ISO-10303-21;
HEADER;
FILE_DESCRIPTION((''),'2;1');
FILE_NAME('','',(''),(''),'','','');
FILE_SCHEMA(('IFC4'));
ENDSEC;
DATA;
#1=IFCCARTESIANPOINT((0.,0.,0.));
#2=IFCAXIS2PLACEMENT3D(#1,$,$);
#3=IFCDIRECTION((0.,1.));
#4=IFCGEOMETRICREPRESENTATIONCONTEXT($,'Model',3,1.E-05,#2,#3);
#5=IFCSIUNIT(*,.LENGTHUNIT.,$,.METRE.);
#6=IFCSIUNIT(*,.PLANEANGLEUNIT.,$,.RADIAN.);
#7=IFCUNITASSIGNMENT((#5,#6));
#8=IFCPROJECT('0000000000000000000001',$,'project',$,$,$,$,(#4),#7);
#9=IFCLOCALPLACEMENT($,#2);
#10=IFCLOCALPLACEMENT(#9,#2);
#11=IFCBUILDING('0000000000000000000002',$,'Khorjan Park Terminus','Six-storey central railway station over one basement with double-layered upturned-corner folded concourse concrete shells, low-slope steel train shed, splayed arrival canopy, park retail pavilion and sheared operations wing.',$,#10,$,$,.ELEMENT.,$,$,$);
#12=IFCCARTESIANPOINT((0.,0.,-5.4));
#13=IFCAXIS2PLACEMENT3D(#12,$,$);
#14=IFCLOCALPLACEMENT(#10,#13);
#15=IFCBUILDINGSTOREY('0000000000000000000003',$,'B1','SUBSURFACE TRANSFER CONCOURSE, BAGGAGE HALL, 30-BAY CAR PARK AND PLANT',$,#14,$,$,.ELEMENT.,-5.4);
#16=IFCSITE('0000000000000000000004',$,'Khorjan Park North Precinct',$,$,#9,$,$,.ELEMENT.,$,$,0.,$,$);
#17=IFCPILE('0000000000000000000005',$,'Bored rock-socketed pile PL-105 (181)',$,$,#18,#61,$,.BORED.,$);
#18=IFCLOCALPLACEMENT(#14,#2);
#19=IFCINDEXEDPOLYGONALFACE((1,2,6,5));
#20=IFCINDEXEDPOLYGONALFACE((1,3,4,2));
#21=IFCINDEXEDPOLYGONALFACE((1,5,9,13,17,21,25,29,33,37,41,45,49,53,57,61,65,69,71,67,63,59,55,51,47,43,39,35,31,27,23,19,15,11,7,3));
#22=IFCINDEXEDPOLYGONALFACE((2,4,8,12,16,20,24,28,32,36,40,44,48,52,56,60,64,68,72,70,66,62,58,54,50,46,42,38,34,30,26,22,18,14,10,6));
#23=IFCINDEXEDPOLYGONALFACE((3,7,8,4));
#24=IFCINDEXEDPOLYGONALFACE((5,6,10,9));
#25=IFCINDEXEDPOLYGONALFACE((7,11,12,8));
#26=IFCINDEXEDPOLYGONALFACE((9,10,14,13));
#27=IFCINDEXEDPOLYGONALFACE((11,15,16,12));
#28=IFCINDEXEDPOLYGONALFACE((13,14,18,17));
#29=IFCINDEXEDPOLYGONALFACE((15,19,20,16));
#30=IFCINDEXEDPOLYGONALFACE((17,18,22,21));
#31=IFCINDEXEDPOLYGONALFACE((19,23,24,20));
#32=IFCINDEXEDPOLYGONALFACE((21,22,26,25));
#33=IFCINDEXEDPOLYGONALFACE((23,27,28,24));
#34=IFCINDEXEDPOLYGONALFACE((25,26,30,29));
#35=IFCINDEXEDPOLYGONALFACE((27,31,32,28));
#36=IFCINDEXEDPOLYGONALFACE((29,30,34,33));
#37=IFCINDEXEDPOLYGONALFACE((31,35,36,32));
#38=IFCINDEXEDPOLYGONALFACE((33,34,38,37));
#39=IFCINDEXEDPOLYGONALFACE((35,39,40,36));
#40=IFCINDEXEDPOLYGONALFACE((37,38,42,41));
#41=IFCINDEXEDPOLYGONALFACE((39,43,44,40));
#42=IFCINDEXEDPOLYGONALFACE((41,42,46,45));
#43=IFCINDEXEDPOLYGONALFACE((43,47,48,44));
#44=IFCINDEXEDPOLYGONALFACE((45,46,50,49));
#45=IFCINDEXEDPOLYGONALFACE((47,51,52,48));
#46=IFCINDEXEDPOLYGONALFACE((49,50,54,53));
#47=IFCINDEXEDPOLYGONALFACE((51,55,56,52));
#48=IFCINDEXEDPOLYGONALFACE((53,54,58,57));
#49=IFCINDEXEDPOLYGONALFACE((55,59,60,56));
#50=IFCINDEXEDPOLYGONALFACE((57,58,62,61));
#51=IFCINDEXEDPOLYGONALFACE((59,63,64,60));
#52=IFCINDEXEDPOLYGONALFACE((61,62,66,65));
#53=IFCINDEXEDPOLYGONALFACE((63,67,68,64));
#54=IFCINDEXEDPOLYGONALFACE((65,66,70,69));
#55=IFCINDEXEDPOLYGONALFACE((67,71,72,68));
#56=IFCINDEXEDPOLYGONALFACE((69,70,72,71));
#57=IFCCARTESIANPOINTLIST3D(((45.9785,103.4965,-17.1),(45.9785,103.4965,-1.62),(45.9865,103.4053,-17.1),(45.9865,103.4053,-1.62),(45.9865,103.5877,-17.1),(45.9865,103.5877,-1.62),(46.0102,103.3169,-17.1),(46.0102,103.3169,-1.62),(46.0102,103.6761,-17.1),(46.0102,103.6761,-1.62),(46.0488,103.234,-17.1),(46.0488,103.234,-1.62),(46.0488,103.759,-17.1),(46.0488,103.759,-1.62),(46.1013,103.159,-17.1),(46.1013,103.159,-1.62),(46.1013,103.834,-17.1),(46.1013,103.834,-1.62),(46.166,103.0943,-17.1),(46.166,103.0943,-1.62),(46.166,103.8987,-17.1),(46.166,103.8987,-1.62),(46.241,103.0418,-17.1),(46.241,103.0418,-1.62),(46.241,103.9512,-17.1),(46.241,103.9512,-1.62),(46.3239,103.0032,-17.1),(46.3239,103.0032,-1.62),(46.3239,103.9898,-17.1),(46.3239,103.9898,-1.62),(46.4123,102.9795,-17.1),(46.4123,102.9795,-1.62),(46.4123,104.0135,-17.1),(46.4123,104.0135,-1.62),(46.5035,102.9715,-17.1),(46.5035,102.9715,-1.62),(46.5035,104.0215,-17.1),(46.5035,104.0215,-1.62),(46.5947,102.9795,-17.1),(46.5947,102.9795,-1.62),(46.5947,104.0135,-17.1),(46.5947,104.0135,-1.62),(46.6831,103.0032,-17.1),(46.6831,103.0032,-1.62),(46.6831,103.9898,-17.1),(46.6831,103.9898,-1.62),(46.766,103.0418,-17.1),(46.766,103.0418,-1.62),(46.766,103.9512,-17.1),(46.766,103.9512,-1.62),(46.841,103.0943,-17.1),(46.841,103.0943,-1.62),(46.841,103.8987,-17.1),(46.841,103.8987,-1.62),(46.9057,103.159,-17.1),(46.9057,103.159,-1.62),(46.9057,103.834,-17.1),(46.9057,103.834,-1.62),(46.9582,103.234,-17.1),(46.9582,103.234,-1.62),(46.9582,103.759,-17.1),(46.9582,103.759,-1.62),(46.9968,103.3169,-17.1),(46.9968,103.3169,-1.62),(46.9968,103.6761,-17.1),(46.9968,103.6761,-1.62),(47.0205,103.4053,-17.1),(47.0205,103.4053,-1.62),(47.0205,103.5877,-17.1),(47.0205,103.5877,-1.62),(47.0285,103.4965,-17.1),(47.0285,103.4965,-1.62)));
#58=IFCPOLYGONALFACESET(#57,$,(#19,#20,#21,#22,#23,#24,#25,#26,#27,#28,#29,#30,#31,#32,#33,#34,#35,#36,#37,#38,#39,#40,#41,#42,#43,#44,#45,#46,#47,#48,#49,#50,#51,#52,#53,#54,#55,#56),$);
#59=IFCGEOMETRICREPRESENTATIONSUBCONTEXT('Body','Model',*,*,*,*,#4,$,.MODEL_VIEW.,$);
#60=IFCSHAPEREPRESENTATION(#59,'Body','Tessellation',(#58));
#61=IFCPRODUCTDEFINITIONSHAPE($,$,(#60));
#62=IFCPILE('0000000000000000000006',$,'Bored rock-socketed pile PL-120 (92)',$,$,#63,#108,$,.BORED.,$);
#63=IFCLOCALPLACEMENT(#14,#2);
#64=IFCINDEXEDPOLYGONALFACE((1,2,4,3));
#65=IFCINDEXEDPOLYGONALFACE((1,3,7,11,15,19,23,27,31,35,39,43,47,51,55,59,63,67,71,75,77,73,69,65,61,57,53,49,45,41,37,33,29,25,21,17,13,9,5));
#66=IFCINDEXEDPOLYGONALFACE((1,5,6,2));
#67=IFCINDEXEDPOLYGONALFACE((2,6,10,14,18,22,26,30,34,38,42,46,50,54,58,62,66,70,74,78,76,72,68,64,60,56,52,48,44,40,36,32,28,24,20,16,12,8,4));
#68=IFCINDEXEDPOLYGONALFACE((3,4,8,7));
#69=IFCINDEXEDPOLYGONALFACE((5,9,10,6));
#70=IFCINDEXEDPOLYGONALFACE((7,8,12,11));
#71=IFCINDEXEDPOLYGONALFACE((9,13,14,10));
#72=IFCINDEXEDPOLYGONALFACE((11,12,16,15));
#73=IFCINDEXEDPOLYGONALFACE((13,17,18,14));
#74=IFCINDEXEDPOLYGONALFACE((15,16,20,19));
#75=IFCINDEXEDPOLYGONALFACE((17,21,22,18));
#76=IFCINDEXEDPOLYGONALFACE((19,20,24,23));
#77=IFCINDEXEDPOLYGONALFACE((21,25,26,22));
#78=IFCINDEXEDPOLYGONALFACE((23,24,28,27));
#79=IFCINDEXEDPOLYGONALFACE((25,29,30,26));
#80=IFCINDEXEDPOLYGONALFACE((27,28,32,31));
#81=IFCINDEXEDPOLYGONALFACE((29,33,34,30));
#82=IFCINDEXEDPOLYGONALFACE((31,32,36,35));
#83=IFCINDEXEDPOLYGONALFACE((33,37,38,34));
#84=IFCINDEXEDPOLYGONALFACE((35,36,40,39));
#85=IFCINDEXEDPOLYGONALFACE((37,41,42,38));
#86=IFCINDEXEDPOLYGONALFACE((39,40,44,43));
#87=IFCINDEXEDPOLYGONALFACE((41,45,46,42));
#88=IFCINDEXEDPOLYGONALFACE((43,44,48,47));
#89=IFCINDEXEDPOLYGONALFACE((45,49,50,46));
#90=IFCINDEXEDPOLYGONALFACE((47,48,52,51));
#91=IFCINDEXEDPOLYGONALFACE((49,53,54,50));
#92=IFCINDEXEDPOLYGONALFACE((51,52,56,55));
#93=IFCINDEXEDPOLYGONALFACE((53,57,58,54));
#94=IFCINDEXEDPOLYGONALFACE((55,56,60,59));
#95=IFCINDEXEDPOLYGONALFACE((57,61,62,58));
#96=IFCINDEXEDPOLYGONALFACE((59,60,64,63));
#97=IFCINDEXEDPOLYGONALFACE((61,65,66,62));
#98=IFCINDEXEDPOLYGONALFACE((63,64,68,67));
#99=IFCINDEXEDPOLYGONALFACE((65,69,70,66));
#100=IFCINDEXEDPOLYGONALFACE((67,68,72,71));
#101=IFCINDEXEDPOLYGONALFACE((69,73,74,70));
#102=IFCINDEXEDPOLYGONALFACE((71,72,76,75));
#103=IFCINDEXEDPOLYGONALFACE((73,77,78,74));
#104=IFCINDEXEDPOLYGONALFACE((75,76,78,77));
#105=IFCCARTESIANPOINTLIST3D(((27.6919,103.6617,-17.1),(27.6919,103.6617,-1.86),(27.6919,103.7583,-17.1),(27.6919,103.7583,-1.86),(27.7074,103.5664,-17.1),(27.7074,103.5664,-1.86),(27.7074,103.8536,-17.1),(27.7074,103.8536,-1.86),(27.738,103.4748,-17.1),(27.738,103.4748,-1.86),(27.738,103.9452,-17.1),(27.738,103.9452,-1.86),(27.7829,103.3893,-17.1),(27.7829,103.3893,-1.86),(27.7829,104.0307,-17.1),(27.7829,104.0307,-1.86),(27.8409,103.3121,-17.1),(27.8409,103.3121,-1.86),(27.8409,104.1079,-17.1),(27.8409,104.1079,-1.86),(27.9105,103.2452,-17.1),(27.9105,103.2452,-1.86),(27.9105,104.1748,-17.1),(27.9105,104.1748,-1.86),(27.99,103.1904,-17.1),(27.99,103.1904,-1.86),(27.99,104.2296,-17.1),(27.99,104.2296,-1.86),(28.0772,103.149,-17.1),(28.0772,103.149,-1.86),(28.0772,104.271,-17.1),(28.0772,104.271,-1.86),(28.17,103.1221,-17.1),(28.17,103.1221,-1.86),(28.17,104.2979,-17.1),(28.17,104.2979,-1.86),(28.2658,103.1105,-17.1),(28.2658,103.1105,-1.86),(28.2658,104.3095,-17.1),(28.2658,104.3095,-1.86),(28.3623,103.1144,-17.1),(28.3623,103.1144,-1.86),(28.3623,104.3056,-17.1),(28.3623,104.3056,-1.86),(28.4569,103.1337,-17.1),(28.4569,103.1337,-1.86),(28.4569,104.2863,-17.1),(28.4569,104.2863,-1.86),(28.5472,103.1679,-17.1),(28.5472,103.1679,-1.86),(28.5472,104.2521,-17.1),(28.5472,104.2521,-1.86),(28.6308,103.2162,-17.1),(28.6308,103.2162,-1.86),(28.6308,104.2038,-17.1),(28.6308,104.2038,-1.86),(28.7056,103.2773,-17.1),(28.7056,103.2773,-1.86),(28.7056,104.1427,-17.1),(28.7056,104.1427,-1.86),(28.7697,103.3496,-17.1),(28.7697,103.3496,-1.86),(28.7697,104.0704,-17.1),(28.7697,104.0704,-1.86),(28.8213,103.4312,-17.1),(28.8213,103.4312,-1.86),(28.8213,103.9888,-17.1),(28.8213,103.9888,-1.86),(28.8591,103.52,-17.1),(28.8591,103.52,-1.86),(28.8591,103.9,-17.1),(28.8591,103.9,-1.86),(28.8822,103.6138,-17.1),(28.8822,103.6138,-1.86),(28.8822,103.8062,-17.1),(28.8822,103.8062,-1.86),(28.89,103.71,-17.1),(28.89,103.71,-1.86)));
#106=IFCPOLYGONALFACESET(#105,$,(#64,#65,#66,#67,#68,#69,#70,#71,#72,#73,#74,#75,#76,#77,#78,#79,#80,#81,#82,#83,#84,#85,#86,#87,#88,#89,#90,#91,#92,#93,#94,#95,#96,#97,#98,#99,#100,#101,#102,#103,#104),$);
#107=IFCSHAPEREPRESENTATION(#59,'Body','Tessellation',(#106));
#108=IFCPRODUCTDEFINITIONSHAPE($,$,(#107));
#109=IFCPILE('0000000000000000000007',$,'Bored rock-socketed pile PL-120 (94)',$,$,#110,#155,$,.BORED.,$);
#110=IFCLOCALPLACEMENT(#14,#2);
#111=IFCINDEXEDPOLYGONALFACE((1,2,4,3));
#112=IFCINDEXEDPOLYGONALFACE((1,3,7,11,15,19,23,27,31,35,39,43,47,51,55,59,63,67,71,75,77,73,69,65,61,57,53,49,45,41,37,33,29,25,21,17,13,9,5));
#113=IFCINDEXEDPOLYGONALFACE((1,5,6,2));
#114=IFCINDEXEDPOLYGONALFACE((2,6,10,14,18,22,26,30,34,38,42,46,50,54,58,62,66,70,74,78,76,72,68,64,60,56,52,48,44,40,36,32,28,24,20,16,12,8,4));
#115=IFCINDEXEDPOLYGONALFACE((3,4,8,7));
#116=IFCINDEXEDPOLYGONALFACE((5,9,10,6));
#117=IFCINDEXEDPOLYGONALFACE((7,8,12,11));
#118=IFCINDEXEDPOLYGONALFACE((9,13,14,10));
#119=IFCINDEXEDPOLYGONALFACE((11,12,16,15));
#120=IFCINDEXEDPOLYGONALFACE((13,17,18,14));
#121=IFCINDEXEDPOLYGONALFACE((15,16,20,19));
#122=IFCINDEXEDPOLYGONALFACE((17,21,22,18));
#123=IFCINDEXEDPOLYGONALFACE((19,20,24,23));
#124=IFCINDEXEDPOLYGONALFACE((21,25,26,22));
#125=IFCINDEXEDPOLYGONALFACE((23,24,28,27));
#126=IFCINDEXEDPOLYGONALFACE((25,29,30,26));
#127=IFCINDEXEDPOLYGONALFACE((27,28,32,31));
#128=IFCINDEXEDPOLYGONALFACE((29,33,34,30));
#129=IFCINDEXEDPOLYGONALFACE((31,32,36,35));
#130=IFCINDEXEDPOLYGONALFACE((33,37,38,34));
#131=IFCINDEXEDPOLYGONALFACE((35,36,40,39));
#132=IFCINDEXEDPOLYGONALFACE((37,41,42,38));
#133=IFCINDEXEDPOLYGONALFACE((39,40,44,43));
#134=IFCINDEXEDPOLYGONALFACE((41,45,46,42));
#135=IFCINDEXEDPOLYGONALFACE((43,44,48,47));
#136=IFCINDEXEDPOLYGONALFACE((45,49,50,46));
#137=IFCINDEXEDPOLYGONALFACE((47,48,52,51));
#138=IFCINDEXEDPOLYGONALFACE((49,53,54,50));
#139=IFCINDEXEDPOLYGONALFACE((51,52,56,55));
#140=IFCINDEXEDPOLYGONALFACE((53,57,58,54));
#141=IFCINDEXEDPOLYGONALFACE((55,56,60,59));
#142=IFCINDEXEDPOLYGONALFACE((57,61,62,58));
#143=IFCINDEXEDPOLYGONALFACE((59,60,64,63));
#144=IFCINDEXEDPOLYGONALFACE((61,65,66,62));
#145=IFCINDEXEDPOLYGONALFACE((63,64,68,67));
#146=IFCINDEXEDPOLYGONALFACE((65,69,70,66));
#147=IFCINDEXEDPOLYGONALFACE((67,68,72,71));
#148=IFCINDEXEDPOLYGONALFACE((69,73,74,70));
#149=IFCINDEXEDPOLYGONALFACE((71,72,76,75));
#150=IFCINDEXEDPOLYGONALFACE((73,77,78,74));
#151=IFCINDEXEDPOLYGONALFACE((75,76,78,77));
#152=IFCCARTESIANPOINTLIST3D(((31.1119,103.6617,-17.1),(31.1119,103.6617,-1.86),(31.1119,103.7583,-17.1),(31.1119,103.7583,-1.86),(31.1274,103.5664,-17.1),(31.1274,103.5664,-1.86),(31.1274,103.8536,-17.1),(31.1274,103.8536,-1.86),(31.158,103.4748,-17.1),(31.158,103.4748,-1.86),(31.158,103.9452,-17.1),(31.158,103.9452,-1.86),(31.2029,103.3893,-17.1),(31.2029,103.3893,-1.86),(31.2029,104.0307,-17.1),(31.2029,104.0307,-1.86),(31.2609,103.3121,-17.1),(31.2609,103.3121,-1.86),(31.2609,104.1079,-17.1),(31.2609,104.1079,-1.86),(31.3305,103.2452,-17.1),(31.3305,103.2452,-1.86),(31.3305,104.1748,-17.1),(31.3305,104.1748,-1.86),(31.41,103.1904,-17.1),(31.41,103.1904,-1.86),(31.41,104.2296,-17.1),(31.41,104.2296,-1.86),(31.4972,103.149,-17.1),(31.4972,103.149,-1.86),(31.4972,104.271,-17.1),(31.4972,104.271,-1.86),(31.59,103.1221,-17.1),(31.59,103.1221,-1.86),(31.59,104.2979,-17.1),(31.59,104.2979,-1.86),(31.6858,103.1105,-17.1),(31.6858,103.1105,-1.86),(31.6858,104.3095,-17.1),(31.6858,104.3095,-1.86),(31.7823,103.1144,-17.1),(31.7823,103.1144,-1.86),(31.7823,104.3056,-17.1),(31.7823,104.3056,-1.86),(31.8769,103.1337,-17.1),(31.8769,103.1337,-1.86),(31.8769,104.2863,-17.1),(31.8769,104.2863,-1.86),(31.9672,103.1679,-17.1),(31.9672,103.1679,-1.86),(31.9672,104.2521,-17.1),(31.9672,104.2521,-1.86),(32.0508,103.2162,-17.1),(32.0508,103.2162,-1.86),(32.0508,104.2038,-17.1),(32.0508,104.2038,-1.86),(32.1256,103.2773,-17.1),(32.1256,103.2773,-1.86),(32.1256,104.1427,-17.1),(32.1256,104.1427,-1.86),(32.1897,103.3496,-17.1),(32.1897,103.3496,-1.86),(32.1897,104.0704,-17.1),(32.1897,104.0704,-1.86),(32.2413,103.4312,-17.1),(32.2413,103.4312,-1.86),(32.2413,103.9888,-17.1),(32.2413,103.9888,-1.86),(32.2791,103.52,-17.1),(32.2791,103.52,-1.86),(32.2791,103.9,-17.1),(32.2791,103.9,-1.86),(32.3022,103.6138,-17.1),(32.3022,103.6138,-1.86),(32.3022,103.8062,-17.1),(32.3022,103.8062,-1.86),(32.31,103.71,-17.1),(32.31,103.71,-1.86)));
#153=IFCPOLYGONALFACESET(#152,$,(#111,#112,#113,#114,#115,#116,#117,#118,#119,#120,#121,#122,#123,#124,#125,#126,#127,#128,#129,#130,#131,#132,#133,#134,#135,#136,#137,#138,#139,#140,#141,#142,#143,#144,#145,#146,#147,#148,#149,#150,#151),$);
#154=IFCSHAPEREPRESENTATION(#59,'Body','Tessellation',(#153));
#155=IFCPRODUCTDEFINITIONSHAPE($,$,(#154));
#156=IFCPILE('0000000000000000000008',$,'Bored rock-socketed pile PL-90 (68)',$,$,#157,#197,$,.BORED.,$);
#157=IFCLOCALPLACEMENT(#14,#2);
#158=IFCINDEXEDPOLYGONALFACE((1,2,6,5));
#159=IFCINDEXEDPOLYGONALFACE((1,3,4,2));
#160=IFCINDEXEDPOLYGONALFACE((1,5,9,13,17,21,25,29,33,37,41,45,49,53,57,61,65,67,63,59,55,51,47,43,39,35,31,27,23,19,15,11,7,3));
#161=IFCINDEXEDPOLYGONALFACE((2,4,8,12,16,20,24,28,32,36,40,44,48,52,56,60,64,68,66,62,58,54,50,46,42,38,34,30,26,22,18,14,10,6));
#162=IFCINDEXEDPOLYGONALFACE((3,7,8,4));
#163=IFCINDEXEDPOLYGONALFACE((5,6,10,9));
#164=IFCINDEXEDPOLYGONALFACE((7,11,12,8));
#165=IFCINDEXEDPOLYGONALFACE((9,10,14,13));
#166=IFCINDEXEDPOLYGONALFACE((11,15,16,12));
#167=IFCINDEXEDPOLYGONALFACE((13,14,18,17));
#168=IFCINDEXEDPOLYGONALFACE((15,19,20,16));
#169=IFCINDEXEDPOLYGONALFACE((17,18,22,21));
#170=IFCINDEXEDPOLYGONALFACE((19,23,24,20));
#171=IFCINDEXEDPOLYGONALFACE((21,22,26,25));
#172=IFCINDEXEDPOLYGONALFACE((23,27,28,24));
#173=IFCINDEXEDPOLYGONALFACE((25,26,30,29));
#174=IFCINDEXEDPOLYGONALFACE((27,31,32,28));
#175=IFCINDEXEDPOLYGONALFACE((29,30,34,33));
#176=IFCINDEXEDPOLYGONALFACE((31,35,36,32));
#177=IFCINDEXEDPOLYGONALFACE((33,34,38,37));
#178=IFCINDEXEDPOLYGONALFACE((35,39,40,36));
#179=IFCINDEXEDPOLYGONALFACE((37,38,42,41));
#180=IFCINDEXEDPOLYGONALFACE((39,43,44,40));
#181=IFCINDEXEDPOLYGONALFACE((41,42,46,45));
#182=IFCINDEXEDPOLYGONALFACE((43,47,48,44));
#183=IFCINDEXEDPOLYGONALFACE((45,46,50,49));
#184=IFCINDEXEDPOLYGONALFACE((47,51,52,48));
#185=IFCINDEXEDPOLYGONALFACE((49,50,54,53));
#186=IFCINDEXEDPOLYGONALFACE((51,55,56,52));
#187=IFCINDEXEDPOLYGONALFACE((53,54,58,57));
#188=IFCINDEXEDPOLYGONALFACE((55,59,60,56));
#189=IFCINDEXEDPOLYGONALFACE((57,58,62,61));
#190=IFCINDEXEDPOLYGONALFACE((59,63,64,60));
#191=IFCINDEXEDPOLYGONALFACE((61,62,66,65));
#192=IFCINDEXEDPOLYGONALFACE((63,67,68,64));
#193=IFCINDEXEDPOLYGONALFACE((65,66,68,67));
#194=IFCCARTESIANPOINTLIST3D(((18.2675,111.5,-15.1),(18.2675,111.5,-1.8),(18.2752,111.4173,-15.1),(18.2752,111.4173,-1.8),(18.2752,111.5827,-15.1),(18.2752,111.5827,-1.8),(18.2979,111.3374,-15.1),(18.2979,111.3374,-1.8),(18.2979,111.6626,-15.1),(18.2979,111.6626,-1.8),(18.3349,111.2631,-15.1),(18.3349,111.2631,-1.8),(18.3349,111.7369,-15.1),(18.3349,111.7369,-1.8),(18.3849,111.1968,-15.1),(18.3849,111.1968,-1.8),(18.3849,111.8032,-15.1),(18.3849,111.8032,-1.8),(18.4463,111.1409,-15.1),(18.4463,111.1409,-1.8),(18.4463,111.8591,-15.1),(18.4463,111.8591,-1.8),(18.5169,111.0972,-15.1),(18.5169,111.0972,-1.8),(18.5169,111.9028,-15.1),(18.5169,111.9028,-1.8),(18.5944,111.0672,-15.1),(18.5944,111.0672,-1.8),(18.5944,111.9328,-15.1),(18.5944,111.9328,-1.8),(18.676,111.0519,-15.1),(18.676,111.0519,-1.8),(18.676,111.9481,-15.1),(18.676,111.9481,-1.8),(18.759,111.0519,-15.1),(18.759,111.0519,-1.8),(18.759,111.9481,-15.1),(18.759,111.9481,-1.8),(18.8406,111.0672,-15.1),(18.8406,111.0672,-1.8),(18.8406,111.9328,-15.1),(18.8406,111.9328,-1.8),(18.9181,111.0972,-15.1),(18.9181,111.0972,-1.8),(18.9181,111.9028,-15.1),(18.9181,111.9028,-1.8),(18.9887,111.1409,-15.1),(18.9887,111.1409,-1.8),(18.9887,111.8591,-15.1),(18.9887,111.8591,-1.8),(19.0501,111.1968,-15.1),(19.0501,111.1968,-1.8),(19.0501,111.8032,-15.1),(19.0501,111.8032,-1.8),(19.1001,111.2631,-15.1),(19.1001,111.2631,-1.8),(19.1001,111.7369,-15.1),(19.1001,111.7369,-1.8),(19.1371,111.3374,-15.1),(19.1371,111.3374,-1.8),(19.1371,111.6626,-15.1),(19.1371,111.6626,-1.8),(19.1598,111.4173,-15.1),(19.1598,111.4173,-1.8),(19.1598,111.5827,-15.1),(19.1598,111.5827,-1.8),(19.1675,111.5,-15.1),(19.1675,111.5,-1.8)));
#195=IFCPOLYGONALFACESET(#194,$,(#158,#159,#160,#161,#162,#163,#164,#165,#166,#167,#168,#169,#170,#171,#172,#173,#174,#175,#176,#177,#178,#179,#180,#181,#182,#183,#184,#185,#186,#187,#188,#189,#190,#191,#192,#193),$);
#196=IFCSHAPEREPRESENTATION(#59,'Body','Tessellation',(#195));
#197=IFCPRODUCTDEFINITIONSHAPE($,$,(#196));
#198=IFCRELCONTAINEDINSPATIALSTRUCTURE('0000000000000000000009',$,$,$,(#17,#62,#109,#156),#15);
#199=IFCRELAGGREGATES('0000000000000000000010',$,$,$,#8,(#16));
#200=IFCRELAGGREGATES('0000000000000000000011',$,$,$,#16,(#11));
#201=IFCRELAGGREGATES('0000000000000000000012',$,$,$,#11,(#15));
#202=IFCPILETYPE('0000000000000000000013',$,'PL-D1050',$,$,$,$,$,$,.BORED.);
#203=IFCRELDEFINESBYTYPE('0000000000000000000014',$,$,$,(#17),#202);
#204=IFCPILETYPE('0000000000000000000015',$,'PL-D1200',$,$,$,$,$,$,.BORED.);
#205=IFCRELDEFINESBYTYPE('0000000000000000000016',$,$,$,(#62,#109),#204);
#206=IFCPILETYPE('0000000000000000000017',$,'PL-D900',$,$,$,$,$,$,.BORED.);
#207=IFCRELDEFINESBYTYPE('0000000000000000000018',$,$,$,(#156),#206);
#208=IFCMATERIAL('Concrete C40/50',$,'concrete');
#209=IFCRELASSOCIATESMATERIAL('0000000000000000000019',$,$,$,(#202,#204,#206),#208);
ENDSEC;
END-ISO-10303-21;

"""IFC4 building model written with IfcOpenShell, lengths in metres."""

from ifc_helpers import new_model, si_unit, direction, frame, origin, origin_2d, place, context, subcontext, project, spatial, circle, extrude, material, material_profile, profile_set, type_object, element, save


model = new_model("IFC4")

# Units and contexts
model_context = context("Model", 3, precision=1e-05, world=origin(), true_north=direction((0.0, 1.0)))
body_context = subcontext(model_context, "Body", "Model", "MODEL_VIEW")
ifc_project = project(units=[si_unit("LENGTHUNIT", "METRE"), si_unit("PLANEANGLEUNIT", "RADIAN")], contexts=[model_context])

# Site, building, storey
site_placement = place(None, origin())
site = spatial("IfcSite", under=ifc_project, at=site_placement, Name="Khorjan Park North Precinct", CompositionType="ELEMENT", RefElevation=0.0)
building_placement = place(site_placement, origin())
building = spatial("IfcBuilding", under=site, at=building_placement, Name="Khorjan Park Terminus", Description="Six-storey central railway station over one basement with double-layered upturned-corner folded concourse concrete shells, low-slope steel train shed, splayed arrival canopy, park retail pavilion and sheared operations wing.", CompositionType="ELEMENT")
storey_placement = place(building_placement, frame((0.0, 0.0, -5.4)))
storey = spatial("IfcBuildingStorey", under=building, at=storey_placement, Name="B1", Description="SUBSURFACE TRANSFER CONCOURSE, BAGGAGE HALL, 30-BAY CAR PARK AND PLANT", CompositionType="ELEMENT", Elevation=-5.4)

# Shared definitions
ifc_material_1 = material(Name="Concrete C40/50", Category="concrete")

# Piles
ifc_material_profile_1 = material_profile(ifc_material_1, circle(Radius=0.525, at=origin_2d()), Name="BORED D1050")
ifc_profile_set_1 = profile_set([ifc_material_profile_1], Name="Concrete C40/50")
pile_type_1 = type_object("IfcPileType", Name="PL-D1050", PredefinedType="BORED", material=ifc_profile_set_1)
pile_placement = place(storey_placement, frame((46.5035, 103.4965, -1.62), z_axis=(0.0, 0.0, -1.0), x_axis=(1.0, 0.0, 0.0)))
element("IfcPile", 1, at=pile_placement, inside=storey, type_object=pile_type_1, Name="Bored rock-socketed pile PL-105 (181)", PredefinedType="BORED", context=body_context, shape_type="SweptSolid", body=[
    extrude(circle(Radius=0.525, at=origin_2d()), origin(), (0.0, 0.0, 1.0), 15.48),
])
ifc_material_profile_2 = material_profile(ifc_material_1, circle(Radius=0.6, at=origin_2d()), Name="BORED D1200")
ifc_profile_set_2 = profile_set([ifc_material_profile_2], Name="Concrete C40/50")
pile_type_2 = type_object("IfcPileType", Name="PL-D1200", PredefinedType="BORED", material=ifc_profile_set_2)
for number, where, z_axis, x_axis, name in (
    (2, (28.29, 103.71, -1.86), (0.0, 0.0, -1.0), (1.0, 0.0, 0.0), "Bored rock-socketed pile PL-120 (92)"),
    (3, (31.71, 103.71, -1.86), (0.0, 0.0, -1.0), (1.0, 0.0, 0.0), "Bored rock-socketed pile PL-120 (94)"),
):
    element("IfcPile", number, at=place(storey_placement, frame(where, z_axis=z_axis, x_axis=x_axis)), inside=storey, type_object=pile_type_2, Name=name, PredefinedType="BORED", context=body_context, shape_type="SweptSolid", body=[
        extrude(circle(Radius=0.6, at=origin_2d()), origin(), (0.0, 0.0, 1.0), 15.24),
    ])
ifc_material_profile_3 = material_profile(ifc_material_1, circle(Radius=0.45, at=origin_2d()), Name="BORED D900")
ifc_profile_set_3 = profile_set([ifc_material_profile_3], Name="Concrete C40/50")
pile_type_3 = type_object("IfcPileType", Name="PL-D900", PredefinedType="BORED", material=ifc_profile_set_3)
for number, where, z_axis, x_axis, name in (
    (4, (18.7175, 111.5, -1.8), (0.0, 0.0, -1.0), (1.0, 0.0, 0.0), "Bored rock-socketed pile PL-90 (68)"),
):
    element("IfcPile", number, at=place(storey_placement, frame(where, z_axis=z_axis, x_axis=x_axis)), inside=storey, type_object=pile_type_3, Name=name, PredefinedType="BORED", context=body_context, shape_type="SweptSolid", body=[
        extrude(circle(Radius=0.45, at=origin_2d()), origin(), (0.0, 0.0, 1.0), 13.3),
    ])

save(model, "model.ifc")
